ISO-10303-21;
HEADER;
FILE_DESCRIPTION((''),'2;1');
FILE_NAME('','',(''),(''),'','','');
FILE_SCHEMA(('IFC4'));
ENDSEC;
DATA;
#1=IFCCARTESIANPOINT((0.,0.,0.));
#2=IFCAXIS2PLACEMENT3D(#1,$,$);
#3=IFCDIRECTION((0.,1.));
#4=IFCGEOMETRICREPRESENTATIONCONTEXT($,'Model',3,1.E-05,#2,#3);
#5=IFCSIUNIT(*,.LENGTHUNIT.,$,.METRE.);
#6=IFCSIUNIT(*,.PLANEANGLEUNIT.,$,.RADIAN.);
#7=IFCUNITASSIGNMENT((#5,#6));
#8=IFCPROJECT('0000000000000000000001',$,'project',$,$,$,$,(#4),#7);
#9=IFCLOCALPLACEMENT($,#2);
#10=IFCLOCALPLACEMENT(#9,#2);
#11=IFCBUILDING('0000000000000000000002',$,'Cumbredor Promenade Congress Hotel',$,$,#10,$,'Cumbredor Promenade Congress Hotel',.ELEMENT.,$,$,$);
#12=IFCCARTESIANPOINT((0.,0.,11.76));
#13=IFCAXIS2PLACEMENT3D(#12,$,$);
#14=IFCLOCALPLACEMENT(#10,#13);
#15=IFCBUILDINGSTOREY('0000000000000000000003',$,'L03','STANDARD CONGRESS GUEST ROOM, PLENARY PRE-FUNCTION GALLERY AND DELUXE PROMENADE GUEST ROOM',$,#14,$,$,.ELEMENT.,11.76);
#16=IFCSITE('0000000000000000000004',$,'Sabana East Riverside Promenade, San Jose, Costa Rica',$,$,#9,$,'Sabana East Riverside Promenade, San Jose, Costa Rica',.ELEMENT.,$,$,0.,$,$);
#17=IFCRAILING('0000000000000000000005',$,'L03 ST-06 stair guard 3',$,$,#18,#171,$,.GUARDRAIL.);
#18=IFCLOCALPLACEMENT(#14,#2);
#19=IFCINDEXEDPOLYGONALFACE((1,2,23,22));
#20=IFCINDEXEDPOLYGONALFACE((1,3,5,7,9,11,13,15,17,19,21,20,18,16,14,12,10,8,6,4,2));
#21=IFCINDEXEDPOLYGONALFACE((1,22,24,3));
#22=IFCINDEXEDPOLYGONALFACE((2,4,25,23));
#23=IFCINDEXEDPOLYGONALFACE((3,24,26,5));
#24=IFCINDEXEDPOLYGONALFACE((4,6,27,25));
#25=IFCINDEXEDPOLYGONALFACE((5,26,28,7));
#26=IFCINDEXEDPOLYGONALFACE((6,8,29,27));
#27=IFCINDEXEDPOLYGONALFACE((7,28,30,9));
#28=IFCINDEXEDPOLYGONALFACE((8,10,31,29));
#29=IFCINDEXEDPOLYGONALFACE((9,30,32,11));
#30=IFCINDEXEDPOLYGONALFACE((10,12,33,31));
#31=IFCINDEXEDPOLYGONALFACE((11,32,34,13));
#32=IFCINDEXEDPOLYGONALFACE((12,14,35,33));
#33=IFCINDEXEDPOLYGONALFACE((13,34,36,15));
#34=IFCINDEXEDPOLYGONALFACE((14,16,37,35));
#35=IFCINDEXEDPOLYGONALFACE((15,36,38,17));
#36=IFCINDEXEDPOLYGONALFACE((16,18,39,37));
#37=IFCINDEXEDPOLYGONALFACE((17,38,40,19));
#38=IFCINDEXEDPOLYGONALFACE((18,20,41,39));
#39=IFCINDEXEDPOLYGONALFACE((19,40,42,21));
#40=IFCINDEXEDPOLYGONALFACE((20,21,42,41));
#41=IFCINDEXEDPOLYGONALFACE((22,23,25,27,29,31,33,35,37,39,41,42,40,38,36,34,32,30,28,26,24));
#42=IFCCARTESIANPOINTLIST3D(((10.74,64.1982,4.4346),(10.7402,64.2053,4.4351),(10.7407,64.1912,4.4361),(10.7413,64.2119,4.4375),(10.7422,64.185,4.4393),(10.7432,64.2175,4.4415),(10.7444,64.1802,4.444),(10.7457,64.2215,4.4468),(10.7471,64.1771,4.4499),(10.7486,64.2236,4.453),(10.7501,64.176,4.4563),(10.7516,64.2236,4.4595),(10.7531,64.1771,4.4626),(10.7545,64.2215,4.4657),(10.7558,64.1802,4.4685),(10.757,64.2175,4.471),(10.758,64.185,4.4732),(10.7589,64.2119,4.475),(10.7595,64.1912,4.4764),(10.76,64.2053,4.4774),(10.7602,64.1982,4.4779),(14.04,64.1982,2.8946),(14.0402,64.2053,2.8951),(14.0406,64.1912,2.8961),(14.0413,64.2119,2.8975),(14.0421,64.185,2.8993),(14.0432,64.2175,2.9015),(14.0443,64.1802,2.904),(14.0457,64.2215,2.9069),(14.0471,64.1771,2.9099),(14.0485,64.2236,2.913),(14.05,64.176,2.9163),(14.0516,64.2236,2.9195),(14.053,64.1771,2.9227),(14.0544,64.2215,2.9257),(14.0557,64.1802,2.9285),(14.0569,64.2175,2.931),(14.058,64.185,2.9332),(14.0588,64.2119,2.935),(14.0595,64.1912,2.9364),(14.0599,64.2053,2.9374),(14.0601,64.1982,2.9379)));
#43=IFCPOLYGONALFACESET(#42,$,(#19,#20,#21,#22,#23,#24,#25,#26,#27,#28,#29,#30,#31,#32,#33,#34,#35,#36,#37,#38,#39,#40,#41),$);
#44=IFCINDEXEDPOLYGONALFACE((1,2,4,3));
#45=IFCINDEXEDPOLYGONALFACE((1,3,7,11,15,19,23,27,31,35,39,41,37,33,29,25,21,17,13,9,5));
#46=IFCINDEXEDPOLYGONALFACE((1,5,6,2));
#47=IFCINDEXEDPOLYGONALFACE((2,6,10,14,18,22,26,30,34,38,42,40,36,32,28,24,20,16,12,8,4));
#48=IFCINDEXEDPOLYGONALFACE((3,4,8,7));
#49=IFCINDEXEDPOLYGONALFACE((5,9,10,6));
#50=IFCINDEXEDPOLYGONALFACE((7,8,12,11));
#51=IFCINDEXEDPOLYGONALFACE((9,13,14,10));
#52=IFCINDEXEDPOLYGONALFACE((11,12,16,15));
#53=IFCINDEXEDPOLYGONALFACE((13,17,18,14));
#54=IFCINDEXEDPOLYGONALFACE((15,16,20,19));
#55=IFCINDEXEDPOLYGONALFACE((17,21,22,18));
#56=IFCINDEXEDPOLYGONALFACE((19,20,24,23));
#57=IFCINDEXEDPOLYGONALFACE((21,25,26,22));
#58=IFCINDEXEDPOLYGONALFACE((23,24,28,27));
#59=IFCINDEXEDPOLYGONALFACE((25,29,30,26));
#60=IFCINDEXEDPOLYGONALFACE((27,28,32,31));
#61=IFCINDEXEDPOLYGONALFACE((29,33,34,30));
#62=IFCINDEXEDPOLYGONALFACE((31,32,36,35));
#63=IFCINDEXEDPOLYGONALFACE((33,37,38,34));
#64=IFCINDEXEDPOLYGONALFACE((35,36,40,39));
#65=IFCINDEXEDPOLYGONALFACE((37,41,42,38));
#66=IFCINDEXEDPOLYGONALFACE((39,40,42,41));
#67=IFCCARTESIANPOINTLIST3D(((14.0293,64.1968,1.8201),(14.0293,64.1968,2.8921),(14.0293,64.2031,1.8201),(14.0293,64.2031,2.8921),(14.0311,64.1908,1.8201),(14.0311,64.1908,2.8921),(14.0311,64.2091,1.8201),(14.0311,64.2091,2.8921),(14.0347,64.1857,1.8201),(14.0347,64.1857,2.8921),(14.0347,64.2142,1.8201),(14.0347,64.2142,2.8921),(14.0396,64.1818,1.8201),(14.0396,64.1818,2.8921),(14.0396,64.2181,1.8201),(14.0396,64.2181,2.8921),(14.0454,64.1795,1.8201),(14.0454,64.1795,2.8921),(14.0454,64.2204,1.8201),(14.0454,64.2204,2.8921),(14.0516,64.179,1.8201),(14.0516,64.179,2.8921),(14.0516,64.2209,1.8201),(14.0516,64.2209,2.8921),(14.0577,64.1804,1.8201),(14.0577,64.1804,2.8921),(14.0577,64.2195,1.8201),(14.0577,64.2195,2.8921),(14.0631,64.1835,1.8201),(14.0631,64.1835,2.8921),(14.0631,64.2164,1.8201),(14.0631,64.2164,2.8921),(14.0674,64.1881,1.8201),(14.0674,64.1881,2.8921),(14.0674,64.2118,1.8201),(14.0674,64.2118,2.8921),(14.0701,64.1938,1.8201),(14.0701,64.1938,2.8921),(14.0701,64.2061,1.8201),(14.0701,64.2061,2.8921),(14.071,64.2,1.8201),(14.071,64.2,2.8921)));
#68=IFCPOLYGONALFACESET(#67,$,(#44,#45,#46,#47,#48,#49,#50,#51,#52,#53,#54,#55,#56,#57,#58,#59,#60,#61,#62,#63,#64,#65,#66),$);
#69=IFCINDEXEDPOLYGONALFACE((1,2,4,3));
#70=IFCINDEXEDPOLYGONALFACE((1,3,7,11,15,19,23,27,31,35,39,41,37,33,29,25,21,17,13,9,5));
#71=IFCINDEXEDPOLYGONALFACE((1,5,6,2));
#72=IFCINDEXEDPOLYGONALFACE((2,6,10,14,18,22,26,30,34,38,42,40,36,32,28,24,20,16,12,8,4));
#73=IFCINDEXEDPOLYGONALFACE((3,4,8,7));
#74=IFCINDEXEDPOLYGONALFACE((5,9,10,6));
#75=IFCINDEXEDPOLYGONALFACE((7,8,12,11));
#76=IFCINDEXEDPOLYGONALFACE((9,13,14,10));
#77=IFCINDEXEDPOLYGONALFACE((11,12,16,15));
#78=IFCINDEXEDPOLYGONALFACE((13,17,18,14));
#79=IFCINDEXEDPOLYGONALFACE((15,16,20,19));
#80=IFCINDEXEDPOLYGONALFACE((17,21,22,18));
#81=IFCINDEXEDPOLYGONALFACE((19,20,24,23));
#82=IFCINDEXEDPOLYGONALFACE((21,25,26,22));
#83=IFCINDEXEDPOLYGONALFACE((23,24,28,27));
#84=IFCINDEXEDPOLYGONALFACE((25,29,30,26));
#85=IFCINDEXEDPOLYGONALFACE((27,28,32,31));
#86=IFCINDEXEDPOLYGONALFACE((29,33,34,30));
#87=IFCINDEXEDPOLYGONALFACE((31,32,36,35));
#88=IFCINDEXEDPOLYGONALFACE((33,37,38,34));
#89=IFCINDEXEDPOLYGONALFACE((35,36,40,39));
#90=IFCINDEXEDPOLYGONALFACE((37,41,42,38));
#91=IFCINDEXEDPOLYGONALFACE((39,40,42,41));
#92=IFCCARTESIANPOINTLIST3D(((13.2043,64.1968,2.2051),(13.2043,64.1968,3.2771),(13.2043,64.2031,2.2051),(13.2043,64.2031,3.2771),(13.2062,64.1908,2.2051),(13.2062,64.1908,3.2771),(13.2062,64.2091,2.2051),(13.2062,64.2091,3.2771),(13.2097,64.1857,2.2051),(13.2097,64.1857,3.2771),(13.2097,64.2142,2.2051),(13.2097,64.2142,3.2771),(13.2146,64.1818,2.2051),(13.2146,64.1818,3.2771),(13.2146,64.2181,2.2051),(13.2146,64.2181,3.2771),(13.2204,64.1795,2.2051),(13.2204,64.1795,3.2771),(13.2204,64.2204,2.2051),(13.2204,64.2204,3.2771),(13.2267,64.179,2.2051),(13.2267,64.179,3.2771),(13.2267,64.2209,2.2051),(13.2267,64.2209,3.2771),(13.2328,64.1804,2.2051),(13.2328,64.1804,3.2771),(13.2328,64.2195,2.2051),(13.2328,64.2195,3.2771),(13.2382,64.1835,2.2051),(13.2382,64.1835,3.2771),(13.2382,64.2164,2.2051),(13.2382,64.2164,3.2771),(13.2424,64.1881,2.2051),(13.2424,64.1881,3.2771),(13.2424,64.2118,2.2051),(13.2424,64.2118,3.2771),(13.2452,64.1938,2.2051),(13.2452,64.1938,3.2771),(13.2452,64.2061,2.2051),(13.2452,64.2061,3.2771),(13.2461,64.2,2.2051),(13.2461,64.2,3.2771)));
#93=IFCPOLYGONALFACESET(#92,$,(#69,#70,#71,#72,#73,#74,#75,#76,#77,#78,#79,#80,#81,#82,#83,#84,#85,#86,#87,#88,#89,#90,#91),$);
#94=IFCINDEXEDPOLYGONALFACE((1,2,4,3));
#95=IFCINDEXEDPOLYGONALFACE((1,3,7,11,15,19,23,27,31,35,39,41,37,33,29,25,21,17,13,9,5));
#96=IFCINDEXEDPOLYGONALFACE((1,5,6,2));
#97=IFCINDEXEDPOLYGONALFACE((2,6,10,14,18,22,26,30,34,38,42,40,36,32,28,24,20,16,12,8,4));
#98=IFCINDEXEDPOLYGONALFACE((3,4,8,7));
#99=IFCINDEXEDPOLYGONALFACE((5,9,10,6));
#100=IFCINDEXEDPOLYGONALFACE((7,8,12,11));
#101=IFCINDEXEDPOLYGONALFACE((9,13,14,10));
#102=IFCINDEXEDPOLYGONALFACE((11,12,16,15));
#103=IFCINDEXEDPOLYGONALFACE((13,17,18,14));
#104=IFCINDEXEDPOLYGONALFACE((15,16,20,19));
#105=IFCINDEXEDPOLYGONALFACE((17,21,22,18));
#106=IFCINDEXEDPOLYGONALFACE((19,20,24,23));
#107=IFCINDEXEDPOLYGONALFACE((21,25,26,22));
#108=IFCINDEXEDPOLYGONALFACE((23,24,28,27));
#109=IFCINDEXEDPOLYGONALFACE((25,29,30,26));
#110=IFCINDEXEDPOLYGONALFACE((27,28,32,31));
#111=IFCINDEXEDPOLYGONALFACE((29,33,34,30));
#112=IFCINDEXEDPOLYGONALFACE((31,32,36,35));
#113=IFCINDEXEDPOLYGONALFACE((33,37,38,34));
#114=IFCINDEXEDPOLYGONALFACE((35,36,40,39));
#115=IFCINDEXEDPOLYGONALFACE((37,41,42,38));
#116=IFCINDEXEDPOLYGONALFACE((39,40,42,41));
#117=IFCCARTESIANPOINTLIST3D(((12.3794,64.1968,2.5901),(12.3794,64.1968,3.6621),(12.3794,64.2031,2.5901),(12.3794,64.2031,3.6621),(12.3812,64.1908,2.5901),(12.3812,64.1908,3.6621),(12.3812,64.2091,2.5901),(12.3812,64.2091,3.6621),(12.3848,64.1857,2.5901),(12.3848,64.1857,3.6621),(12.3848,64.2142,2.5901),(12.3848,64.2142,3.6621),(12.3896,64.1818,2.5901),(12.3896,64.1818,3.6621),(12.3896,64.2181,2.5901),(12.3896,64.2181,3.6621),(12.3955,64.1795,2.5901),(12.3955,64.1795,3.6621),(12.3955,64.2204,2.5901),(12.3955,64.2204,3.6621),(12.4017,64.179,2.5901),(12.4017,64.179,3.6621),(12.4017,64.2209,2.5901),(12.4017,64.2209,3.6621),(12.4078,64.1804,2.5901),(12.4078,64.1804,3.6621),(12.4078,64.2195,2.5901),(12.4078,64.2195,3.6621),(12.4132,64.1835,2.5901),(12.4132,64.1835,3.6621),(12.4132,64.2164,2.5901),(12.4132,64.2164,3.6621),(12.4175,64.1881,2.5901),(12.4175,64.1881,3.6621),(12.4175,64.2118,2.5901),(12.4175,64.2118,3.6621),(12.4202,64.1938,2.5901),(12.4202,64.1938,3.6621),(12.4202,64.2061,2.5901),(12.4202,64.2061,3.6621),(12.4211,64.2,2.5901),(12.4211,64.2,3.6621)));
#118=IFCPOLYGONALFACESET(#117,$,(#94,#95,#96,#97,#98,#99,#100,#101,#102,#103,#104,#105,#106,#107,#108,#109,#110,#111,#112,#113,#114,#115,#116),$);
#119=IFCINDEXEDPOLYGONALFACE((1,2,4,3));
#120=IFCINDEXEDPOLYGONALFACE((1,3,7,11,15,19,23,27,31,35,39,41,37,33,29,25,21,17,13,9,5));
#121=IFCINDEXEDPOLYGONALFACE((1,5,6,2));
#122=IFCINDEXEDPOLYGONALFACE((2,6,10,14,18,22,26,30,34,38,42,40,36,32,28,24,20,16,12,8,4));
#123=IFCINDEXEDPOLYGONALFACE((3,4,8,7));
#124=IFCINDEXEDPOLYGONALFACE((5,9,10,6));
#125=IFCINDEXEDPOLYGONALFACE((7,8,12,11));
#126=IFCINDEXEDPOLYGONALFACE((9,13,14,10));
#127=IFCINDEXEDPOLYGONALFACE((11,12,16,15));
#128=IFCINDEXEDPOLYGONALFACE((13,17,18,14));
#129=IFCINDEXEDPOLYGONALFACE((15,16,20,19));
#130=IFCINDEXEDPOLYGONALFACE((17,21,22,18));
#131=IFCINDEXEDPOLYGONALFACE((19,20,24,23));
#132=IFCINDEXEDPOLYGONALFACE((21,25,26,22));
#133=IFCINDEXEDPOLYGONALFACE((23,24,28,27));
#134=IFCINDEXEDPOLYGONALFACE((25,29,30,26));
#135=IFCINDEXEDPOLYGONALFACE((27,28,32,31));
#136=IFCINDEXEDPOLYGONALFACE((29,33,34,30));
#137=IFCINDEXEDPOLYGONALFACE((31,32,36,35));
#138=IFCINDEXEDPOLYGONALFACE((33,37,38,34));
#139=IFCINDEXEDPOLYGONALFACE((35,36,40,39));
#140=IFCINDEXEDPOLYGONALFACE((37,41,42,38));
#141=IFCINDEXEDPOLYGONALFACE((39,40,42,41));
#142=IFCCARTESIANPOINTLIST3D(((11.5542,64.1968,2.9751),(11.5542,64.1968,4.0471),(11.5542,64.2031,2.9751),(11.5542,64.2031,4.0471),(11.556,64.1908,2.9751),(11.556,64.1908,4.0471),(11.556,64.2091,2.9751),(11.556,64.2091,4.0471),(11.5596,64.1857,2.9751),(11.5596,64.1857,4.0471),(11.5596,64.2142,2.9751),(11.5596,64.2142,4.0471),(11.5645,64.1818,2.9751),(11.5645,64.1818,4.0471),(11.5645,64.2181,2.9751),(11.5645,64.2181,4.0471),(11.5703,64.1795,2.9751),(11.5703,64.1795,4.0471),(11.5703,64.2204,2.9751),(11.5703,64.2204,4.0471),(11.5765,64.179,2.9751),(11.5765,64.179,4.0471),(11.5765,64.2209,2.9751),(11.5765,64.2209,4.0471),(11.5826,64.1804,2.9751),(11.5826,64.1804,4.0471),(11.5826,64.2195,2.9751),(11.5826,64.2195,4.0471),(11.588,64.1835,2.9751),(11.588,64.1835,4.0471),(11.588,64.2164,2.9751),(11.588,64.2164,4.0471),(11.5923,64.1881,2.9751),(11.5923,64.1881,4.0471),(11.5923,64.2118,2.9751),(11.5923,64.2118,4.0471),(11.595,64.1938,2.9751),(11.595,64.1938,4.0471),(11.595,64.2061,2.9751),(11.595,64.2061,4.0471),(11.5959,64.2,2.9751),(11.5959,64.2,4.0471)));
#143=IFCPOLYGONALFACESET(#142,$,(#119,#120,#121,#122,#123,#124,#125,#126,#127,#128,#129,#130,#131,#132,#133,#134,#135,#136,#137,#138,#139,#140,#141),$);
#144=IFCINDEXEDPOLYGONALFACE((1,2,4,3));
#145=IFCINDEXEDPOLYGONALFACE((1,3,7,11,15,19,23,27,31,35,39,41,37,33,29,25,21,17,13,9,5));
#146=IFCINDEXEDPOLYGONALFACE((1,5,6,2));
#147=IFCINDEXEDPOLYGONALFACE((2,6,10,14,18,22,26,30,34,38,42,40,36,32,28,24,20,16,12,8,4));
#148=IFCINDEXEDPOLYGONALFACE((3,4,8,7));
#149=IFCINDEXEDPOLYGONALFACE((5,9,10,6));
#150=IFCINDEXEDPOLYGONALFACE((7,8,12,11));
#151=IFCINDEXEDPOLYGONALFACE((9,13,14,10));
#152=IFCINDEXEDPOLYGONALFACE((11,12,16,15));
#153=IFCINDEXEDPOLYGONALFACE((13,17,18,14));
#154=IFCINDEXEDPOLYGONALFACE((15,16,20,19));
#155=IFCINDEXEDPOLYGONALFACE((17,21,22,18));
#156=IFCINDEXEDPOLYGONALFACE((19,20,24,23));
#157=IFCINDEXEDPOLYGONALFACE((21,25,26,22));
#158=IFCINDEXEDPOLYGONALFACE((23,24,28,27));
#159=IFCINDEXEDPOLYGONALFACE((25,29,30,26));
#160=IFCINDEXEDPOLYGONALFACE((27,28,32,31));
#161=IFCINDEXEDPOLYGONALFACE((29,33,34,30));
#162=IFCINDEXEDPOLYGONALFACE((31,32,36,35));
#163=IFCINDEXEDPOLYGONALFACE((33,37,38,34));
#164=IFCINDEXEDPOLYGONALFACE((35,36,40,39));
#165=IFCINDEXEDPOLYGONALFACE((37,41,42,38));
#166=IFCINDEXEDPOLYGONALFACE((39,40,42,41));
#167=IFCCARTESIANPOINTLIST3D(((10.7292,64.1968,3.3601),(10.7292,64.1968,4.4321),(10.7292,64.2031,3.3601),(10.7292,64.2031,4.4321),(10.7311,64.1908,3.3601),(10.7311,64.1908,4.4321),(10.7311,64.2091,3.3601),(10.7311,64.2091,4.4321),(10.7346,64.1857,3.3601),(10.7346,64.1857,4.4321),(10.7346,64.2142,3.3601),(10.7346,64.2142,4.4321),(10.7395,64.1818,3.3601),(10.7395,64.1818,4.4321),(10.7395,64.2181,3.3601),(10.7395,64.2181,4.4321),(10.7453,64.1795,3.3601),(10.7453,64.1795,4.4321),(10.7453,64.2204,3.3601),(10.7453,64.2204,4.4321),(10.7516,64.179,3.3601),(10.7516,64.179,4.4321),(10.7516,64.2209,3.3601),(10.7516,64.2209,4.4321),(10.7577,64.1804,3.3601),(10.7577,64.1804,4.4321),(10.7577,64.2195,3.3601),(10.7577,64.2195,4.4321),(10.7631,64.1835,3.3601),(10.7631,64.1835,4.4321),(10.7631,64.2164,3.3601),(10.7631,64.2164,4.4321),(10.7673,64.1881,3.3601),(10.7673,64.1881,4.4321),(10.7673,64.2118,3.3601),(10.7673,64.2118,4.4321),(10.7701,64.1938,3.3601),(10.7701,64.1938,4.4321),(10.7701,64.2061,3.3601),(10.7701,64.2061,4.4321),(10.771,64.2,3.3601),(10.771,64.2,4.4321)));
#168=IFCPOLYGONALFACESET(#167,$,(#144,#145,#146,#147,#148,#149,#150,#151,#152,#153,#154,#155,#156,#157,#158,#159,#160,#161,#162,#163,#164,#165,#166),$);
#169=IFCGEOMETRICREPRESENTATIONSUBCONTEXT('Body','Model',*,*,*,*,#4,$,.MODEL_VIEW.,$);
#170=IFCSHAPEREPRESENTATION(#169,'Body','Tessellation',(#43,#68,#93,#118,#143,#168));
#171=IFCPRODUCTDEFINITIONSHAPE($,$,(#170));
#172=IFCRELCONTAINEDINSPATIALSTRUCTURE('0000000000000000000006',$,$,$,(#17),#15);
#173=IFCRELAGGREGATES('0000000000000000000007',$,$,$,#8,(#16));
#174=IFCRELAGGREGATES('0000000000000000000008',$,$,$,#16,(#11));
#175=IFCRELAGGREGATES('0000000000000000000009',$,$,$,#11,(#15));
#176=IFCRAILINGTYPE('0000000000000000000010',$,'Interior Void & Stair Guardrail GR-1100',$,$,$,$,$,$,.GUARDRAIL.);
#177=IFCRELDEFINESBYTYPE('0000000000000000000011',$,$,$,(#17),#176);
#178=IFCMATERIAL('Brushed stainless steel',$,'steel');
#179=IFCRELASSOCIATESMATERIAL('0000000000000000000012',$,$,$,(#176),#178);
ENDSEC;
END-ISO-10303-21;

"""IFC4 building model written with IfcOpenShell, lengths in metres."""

from ifc_helpers import new_model, si_unit, direction, frame, origin, origin_2d, place, context, subcontext, project, spatial, circle, extrude, material, type_object, element, save


model = new_model("IFC4")

# Units and contexts
model_context = context("Model", 3, precision=1e-05, world=origin(), true_north=direction((0.0, 1.0)))
body_context = subcontext(model_context, "Body", "Model", "MODEL_VIEW")
ifc_project = project(units=[si_unit("LENGTHUNIT", "METRE"), si_unit("PLANEANGLEUNIT", "RADIAN")], contexts=[model_context])

# Site, building, storey
site_placement = place(None, origin())
site = spatial("IfcSite", under=ifc_project, at=site_placement, Name="Sabana East Riverside Promenade, San Jose, Costa Rica", LongName="Sabana East Riverside Promenade, San Jose, Costa Rica", CompositionType="ELEMENT", RefElevation=0.0)
building_placement = place(site_placement, origin())
building = spatial("IfcBuilding", under=site, at=building_placement, Name="Cumbredor Promenade Congress Hotel", LongName="Cumbredor Promenade Congress Hotel", CompositionType="ELEMENT")
storey_placement = place(building_placement, frame((0.0, 0.0, 11.76)))
storey = spatial("IfcBuildingStorey", under=building, at=storey_placement, Name="L03", Description="STANDARD CONGRESS GUEST ROOM, PLENARY PRE-FUNCTION GALLERY AND DELUXE PROMENADE GUEST ROOM", CompositionType="ELEMENT", Elevation=11.76)

# Railing
ifc_material_1 = material(Name="Brushed stainless steel", Category="steel")
railing_type_1 = type_object("IfcRailingType", Name="Interior Void & Stair Guardrail GR-1100", PredefinedType="GUARDRAIL", material=ifc_material_1)
railing_1_placement = place(storey_placement, frame((14.05, 64.2, 1.8201)))
element("IfcRailing", 1, at=railing_1_placement, inside=storey, type_object=railing_type_1, Name="L03 ST-06 stair guard 3", PredefinedType="GUARDRAIL", context=body_context, shape_type="SweptSolid", body=[
    extrude(circle(Radius=0.0239, at=origin_2d()), frame((0.0, 0.0, 1.0962), z_axis=(-0.906181, 0.0, 0.422889), x_axis=(0.0, -1.0, 0.0)), (0.0, 0.0, 1.0), 3.6416),
    extrude(circle(Radius=0.021, at=origin_2d()), origin(), (0.0, 0.0, 1.0), 1.072),
    extrude(circle(Radius=0.021, at=origin_2d()), frame((-0.825, 0.0, 0.385)), (0.0, 0.0, 1.0), 1.072),
    extrude(circle(Radius=0.021, at=origin_2d()), frame((-1.6499, 0.0, 0.77)), (0.0, 0.0, 1.0), 1.072),
    extrude(circle(Radius=0.021, at=origin_2d()), frame((-2.4751, 0.0, 1.155)), (0.0, 0.0, 1.0), 1.072),
    extrude(circle(Radius=0.021, at=origin_2d()), frame((-3.3, 0.0, 1.54)), (0.0, 0.0, 1.0), 1.072),
])

save(model, "model.ifc")
